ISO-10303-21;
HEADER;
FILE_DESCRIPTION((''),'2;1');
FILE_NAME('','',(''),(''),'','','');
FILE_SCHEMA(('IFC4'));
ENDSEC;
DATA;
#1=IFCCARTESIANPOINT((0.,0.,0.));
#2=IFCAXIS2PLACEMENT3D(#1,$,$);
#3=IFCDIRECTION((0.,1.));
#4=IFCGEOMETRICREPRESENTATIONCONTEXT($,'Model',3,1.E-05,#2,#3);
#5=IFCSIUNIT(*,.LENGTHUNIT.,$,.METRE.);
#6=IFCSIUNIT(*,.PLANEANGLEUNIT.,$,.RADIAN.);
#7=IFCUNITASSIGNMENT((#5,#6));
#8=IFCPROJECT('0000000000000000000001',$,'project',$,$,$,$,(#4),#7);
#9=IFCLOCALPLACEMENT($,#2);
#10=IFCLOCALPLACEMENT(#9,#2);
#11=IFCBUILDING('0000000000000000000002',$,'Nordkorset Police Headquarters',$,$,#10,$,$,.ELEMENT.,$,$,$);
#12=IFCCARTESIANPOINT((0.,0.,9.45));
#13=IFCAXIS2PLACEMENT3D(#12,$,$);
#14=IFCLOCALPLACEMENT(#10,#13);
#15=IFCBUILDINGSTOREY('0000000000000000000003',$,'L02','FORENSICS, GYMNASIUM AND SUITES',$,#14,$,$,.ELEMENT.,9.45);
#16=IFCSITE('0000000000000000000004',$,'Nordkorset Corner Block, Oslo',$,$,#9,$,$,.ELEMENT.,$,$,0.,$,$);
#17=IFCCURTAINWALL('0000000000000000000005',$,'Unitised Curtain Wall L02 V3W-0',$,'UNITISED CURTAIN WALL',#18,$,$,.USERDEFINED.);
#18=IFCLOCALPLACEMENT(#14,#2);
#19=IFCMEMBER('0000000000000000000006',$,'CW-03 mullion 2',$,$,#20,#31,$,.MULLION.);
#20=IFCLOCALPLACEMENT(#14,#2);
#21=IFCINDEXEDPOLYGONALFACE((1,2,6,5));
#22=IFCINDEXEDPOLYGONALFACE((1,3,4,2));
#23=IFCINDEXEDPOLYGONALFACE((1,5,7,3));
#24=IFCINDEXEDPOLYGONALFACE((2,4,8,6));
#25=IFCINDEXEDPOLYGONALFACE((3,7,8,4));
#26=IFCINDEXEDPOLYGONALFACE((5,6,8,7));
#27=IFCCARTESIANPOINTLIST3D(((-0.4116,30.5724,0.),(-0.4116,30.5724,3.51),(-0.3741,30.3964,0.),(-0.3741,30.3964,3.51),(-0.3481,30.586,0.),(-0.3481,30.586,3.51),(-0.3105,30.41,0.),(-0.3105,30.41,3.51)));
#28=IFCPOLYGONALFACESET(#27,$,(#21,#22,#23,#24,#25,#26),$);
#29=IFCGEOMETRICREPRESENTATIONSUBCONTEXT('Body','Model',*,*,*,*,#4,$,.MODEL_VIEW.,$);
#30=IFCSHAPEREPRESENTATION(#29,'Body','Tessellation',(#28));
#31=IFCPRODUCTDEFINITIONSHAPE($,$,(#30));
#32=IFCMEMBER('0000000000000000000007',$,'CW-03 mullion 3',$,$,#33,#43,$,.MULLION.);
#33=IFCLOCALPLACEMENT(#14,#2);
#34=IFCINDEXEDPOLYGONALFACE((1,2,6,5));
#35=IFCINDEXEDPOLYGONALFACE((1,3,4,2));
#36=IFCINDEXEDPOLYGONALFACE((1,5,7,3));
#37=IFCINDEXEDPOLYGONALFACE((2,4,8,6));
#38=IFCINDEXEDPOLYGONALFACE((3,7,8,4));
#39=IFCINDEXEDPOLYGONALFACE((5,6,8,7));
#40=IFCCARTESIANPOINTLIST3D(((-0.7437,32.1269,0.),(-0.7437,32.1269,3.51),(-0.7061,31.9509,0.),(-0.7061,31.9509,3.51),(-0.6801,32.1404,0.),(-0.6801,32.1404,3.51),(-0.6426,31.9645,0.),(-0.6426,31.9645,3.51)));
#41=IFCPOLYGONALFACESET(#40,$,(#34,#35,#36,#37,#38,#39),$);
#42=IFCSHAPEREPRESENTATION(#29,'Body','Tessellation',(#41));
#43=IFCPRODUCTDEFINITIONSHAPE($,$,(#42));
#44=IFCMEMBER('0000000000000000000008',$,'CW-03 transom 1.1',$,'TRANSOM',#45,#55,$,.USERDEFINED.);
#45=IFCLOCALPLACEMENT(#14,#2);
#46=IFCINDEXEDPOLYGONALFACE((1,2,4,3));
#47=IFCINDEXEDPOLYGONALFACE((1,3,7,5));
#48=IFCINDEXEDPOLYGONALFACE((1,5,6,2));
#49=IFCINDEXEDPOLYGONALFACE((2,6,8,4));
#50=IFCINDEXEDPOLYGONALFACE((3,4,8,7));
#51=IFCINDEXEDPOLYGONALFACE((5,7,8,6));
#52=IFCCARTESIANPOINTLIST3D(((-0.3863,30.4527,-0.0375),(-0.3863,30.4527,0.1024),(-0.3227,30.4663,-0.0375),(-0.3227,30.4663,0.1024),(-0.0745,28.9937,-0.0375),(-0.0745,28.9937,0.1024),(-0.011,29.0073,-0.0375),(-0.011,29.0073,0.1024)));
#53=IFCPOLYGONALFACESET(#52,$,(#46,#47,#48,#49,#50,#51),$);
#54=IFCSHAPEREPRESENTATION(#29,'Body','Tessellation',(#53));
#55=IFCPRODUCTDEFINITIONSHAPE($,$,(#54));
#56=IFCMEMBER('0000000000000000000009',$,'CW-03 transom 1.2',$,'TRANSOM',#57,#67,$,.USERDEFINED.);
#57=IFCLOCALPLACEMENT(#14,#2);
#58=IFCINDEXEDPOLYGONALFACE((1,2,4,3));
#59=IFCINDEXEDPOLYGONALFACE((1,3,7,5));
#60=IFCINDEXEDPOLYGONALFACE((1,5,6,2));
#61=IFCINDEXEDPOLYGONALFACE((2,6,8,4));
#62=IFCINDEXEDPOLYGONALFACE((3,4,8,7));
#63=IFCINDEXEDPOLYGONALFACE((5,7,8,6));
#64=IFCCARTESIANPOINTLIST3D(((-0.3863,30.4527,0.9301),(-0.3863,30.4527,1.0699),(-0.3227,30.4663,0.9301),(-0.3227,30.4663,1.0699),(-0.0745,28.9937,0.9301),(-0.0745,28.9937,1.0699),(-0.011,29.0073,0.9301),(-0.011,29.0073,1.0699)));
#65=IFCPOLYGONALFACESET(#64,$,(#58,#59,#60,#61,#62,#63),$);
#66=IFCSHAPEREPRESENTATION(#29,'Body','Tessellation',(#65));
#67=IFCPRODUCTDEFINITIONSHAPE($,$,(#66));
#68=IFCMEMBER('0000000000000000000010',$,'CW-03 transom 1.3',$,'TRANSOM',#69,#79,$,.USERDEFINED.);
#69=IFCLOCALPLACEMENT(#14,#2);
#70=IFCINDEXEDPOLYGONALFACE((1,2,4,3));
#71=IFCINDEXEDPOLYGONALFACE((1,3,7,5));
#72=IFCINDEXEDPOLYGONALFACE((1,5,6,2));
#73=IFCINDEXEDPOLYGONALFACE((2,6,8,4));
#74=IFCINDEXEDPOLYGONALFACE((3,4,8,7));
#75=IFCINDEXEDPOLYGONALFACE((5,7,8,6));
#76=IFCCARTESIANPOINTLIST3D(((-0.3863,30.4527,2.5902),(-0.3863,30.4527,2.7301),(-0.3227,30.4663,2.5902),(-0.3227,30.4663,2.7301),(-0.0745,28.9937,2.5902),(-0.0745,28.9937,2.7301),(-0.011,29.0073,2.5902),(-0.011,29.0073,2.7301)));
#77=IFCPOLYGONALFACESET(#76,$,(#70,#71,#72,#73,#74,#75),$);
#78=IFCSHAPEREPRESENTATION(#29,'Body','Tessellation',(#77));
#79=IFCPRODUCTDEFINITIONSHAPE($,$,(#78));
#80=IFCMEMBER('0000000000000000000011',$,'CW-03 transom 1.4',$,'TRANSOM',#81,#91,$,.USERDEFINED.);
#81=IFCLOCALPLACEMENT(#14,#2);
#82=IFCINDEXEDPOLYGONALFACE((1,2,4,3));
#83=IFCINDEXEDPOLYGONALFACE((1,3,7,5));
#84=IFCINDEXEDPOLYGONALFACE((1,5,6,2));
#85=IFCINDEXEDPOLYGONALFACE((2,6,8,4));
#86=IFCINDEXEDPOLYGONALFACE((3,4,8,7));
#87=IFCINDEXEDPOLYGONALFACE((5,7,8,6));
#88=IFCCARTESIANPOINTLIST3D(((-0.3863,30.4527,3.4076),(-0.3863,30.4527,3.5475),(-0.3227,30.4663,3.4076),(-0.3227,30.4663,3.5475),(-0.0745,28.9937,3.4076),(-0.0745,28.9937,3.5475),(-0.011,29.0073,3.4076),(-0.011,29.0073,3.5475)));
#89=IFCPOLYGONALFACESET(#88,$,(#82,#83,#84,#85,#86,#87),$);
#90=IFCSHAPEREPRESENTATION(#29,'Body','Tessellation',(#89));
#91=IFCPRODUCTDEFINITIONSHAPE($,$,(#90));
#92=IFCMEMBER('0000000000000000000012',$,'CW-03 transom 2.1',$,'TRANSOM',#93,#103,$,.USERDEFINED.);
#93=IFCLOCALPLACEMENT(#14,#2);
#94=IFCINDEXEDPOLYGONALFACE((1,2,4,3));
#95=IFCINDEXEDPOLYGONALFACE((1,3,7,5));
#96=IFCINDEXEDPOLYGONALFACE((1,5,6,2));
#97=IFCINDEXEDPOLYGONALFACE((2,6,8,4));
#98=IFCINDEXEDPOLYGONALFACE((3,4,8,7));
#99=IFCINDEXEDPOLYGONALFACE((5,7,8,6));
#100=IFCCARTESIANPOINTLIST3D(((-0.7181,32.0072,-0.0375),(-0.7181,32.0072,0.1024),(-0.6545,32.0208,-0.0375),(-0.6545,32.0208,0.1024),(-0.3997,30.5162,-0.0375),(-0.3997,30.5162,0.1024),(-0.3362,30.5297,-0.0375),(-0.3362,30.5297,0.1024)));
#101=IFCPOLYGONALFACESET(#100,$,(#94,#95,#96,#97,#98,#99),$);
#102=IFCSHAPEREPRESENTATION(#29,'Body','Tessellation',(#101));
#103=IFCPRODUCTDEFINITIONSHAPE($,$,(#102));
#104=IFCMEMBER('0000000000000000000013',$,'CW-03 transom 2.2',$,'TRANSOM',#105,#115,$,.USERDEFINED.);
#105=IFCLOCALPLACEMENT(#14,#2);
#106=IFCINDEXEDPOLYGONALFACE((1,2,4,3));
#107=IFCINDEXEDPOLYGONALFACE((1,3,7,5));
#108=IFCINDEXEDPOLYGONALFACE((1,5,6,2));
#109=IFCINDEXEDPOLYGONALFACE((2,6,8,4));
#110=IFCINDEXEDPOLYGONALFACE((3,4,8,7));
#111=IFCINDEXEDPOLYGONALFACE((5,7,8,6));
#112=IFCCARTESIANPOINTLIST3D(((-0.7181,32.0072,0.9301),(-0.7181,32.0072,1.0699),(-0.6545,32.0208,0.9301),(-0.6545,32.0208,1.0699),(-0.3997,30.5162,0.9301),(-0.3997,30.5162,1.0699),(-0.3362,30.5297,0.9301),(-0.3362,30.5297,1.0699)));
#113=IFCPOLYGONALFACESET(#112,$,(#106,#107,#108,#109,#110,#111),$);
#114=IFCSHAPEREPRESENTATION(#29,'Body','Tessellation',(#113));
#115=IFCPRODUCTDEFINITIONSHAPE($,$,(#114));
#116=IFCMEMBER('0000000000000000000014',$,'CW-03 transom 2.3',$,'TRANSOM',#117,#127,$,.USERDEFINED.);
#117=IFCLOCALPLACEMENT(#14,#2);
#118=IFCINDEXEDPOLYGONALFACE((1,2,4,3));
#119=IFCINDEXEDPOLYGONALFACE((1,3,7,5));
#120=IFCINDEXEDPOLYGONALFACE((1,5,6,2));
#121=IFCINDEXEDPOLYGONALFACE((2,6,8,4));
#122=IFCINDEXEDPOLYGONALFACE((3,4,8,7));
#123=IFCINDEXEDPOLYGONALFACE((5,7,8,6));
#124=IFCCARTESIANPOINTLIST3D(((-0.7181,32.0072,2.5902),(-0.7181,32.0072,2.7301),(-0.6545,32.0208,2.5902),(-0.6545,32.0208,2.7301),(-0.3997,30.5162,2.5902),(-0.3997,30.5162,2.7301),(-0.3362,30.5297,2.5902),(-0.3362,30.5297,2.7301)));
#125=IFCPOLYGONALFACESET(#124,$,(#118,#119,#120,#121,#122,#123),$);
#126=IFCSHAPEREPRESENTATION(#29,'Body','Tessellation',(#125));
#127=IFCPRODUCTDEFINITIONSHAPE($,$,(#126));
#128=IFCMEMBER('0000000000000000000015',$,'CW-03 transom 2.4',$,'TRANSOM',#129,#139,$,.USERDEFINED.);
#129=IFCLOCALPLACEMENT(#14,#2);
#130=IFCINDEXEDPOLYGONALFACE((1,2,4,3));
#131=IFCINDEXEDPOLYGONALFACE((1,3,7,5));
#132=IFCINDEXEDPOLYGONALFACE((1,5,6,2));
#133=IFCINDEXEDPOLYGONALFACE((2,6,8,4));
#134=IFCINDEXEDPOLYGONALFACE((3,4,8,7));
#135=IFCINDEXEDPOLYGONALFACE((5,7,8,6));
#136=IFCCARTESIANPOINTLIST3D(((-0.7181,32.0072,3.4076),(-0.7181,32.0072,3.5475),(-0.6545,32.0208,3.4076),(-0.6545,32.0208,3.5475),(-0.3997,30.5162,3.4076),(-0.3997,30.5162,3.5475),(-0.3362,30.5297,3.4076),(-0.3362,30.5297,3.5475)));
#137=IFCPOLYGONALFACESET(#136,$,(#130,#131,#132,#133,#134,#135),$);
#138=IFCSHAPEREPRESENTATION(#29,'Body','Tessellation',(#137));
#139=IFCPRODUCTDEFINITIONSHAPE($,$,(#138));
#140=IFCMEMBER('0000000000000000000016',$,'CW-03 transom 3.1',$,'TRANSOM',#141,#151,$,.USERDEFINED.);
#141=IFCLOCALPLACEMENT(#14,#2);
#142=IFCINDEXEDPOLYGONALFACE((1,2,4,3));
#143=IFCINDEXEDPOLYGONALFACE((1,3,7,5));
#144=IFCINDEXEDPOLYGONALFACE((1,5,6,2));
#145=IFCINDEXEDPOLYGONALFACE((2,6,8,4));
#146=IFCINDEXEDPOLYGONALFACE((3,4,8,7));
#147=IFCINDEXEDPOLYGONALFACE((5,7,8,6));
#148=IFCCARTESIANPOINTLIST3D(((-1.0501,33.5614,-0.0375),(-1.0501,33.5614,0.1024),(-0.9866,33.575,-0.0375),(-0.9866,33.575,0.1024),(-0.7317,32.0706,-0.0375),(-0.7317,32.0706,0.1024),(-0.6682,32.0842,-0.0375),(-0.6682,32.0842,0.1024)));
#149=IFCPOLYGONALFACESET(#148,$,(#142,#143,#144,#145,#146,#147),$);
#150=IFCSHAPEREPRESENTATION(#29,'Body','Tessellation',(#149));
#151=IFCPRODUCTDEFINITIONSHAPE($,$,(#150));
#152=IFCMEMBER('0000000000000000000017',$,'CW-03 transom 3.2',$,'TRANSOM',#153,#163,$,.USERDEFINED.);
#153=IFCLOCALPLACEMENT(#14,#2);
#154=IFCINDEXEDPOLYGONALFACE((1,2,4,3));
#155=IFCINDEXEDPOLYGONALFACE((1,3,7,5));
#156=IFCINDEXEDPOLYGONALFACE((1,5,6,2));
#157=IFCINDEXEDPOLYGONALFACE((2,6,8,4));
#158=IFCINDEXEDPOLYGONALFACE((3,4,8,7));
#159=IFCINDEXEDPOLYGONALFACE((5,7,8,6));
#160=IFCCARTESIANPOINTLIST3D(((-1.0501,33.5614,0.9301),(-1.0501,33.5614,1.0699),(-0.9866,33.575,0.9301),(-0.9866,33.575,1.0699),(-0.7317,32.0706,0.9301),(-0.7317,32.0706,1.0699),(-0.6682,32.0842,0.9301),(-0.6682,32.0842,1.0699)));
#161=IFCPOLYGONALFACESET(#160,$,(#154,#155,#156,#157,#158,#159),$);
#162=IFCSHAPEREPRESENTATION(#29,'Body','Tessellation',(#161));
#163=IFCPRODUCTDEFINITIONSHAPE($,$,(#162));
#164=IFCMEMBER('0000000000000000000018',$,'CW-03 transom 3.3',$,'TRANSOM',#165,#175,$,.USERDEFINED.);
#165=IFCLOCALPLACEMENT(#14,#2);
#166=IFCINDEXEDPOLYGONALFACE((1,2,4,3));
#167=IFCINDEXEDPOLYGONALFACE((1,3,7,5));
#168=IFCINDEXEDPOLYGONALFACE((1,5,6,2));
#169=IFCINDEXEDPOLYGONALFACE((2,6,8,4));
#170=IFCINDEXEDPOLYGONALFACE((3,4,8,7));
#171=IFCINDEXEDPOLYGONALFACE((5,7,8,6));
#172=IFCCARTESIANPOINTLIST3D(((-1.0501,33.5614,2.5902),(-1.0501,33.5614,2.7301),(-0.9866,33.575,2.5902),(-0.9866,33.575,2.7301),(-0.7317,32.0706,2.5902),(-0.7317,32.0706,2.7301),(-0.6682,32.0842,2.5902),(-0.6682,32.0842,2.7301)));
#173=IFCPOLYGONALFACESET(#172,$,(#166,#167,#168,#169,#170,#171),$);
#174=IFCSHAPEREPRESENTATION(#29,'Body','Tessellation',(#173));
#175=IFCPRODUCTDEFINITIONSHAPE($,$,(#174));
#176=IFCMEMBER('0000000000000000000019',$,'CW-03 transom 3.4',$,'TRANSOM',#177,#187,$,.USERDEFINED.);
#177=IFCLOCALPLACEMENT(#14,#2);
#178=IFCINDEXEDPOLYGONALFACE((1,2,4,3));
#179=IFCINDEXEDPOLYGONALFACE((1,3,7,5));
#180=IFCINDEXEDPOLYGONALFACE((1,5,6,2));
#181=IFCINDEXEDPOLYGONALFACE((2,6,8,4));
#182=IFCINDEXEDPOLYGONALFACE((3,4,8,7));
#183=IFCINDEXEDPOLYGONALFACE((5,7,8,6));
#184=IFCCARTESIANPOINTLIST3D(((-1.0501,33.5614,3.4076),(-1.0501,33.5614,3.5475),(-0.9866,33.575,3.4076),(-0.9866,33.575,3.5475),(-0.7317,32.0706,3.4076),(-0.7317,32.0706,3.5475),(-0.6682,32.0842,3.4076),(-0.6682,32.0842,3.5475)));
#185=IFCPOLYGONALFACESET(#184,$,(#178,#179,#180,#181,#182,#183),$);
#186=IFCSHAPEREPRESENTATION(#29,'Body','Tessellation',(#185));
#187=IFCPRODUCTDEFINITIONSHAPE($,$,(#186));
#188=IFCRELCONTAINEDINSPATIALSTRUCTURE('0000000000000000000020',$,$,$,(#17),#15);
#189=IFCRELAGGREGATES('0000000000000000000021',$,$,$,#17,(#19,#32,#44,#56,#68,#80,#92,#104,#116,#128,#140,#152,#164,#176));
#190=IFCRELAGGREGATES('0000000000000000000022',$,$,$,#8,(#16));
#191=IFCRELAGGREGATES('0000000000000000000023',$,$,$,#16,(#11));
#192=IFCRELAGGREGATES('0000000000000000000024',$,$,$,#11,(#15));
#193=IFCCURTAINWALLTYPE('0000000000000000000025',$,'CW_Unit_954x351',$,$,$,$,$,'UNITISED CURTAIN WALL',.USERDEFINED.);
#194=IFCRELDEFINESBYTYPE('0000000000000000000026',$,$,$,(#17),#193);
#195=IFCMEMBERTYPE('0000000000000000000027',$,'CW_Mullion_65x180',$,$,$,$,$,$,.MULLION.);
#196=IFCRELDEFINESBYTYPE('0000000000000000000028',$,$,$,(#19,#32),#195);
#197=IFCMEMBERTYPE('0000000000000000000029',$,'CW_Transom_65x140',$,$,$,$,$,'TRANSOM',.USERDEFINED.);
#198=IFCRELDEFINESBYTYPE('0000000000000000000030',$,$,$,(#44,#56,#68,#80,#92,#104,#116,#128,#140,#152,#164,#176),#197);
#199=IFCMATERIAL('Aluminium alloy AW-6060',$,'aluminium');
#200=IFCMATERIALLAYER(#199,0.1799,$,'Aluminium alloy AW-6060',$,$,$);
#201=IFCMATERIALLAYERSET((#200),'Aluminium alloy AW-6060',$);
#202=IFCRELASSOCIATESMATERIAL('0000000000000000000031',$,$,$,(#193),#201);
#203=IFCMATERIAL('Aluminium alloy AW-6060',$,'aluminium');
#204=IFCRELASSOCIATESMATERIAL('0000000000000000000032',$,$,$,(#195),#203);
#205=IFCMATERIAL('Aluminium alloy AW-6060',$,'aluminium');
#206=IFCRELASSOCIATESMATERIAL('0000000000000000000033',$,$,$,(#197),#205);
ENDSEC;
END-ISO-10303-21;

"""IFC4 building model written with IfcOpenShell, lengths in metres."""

from ifc_helpers import new_model, si_unit, direction, frame, origin, origin_2d, place, context, subcontext, project, spatial, rectangle, extrude, material, layer, layer_set, material_profile, profile_set, type_object, element, aggregate, save


model = new_model("IFC4")

# Units and contexts
model_context = context("Model", 3, precision=1e-05, world=origin(), true_north=direction((0.0, 1.0)))
body_context = subcontext(model_context, "Body", "Model", "MODEL_VIEW")
ifc_project = project(units=[si_unit("LENGTHUNIT", "METRE"), si_unit("PLANEANGLEUNIT", "RADIAN")], contexts=[model_context])

# Site, building, storey
site_placement = place(None, origin())
site = spatial("IfcSite", under=ifc_project, at=site_placement, Name="Nordkorset Corner Block, Oslo", CompositionType="ELEMENT", RefElevation=0.0)
building_placement = place(site_placement, origin())
building = spatial("IfcBuilding", under=site, at=building_placement, Name="Nordkorset Police Headquarters", CompositionType="ELEMENT")
storey_placement = place(building_placement, frame((0.0, 0.0, 9.45)))
storey = spatial("IfcBuildingStorey", under=building, at=storey_placement, Name="L02", Description="FORENSICS, GYMNASIUM AND SUITES", CompositionType="ELEMENT", Elevation=9.45)

# Curtain wall, members
ifc_material_1 = material(Name="Aluminium alloy AW-6060", Category="aluminium")
ifc_layer_1 = layer(ifc_material_1, 0.1799, Name="Aluminium alloy AW-6060")
ifc_layer_set_1 = layer_set([ifc_layer_1], Name="Aluminium alloy AW-6060")
curtain_wall_type = type_object("IfcCurtainWallType", Name="CW_Unit_954x351", ElementType="UNITISED CURTAIN WALL", PredefinedType="USERDEFINED", material=ifc_layer_set_1)
curtain_wall_placement = place(storey_placement, origin())
curtain_wall = element("IfcCurtainWall", 1, at=curtain_wall_placement, inside=storey, type_object=curtain_wall_type, Name="Unitised Curtain Wall L02 V3W-0", ObjectType="UNITISED CURTAIN WALL", PredefinedType="USERDEFINED")
ifc_material_2 = material(Name="Aluminium alloy AW-6060", Category="aluminium")
ifc_material_profile_1 = material_profile(ifc_material_2, rectangle(XDim=0.0649, YDim=0.1799, at=origin_2d()), Name="ALU MULL 65x180")
ifc_profile_set_1 = profile_set([ifc_material_profile_1], Name="Aluminium alloy AW-6060")
member_type_1 = type_object("IfcMemberType", Name="CW_Mullion_65x180", PredefinedType="MULLION", material=ifc_profile_set_1)
member_1_placement = place(storey_placement, frame((-0.3611, 30.4912, 0.0), z_axis=(0.0, 0.0, 1.0), x_axis=(-0.977951, -0.208833, 0.0)))
member_1 = element("IfcMember", 2, at=member_1_placement, type_object=member_type_1, Name="CW-03 mullion 2", PredefinedType="MULLION", context=body_context, shape_type="SweptSolid", body=[
    extrude(rectangle(XDim=0.0649, YDim=0.1799, at=origin_2d()), origin(), (0.0, 0.0, 1.0), 3.51),
])
member_2_placement = place(storey_placement, frame((-0.6931, 32.0457, 0.0), z_axis=(0.0, 0.0, 1.0), x_axis=(-0.977951, -0.208833, 0.0)))
member_2 = element("IfcMember", 3, at=member_2_placement, type_object=member_type_1, Name="CW-03 mullion 3", PredefinedType="MULLION", context=body_context, shape_type="SweptSolid", body=[
    extrude(rectangle(XDim=0.0649, YDim=0.1799, at=origin_2d()), origin(), (0.0, 0.0, 1.0), 3.51),
])
ifc_material_3 = material(Name="Aluminium alloy AW-6060", Category="aluminium")
ifc_material_profile_2 = material_profile(ifc_material_3, rectangle(XDim=0.0649, YDim=0.1399, at=origin_2d()), Name="ALU TRAN 65x140")
ifc_profile_set_2 = profile_set([ifc_material_profile_2], Name="Aluminium alloy AW-6060")
member_type_2 = type_object("IfcMemberType", Name="CW_Transom_65x140", ElementType="TRANSOM", PredefinedType="USERDEFINED", material=ifc_profile_set_2)
member_3_placement = place(storey_placement, frame((-0.0427, 29.0005, 0.0325), z_axis=(-0.20897, 0.977922, 0.0), x_axis=(-0.977922, -0.20897, 0.0)))
member_3 = element("IfcMember", 4, at=member_3_placement, type_object=member_type_2, Name="CW-03 transom 1.1", ObjectType="TRANSOM", PredefinedType="USERDEFINED", context=body_context, shape_type="SweptSolid", body=[
    extrude(rectangle(XDim=0.0649, YDim=0.1399, at=origin_2d()), origin(), (0.0, 0.0, 1.0), 1.4919),
])
member_4_placement = place(storey_placement, frame((-0.0427, 29.0005, 1.0), z_axis=(-0.20897, 0.977922, 0.0), x_axis=(-0.977922, -0.20897, 0.0)))
member_4 = element("IfcMember", 5, at=member_4_placement, type_object=member_type_2, Name="CW-03 transom 1.2", ObjectType="TRANSOM", PredefinedType="USERDEFINED", context=body_context, shape_type="SweptSolid", body=[
    extrude(rectangle(XDim=0.0649, YDim=0.1399, at=origin_2d()), origin(), (0.0, 0.0, 1.0), 1.4919),
])
member_5_placement = place(storey_placement, frame((-0.0427, 29.0005, 2.6602), z_axis=(-0.20897, 0.977922, 0.0), x_axis=(-0.977922, -0.20897, 0.0)))
member_5 = element("IfcMember", 6, at=member_5_placement, type_object=member_type_2, Name="CW-03 transom 1.3", ObjectType="TRANSOM", PredefinedType="USERDEFINED", context=body_context, shape_type="SweptSolid", body=[
    extrude(rectangle(XDim=0.0649, YDim=0.1399, at=origin_2d()), origin(), (0.0, 0.0, 1.0), 1.4919),
])
member_6_placement = place(storey_placement, frame((-0.0427, 29.0005, 3.4775), z_axis=(-0.20897, 0.977922, 0.0), x_axis=(-0.977922, -0.20897, 0.0)))
member_6 = element("IfcMember", 7, at=member_6_placement, type_object=member_type_2, Name="CW-03 transom 1.4", ObjectType="TRANSOM", PredefinedType="USERDEFINED", context=body_context, shape_type="SweptSolid", body=[
    extrude(rectangle(XDim=0.0649, YDim=0.1399, at=origin_2d()), origin(), (0.0, 0.0, 1.0), 1.4919),
])
member_7_placement = place(storey_placement, frame((-0.3679, 30.5229, 0.0325), z_axis=(-0.208818, 0.977954, 0.0), x_axis=(-0.977954, -0.208818, 0.0)))
member_7 = element("IfcMember", 8, at=member_7_placement, type_object=member_type_2, Name="CW-03 transom 2.1", ObjectType="TRANSOM", PredefinedType="USERDEFINED", context=body_context, shape_type="SweptSolid", body=[
    extrude(rectangle(XDim=0.0649, YDim=0.1399, at=origin_2d()), origin(), (0.0, 0.0, 1.0), 1.5247),
])
member_8_placement = place(storey_placement, frame((-0.3679, 30.5229, 1.0), z_axis=(-0.208818, 0.977954, 0.0), x_axis=(-0.977954, -0.208818, 0.0)))
member_8 = element("IfcMember", 9, at=member_8_placement, type_object=member_type_2, Name="CW-03 transom 2.2", ObjectType="TRANSOM", PredefinedType="USERDEFINED", context=body_context, shape_type="SweptSolid", body=[
    extrude(rectangle(XDim=0.0649, YDim=0.1399, at=origin_2d()), origin(), (0.0, 0.0, 1.0), 1.5247),
])
member_9_placement = place(storey_placement, frame((-0.3679, 30.5229, 2.6602), z_axis=(-0.208818, 0.977954, 0.0), x_axis=(-0.977954, -0.208818, 0.0)))
member_9 = element("IfcMember", 10, at=member_9_placement, type_object=member_type_2, Name="CW-03 transom 2.3", ObjectType="TRANSOM", PredefinedType="USERDEFINED", context=body_context, shape_type="SweptSolid", body=[
    extrude(rectangle(XDim=0.0649, YDim=0.1399, at=origin_2d()), origin(), (0.0, 0.0, 1.0), 1.5247),
])
member_10_placement = place(storey_placement, frame((-0.3679, 30.5229, 3.4775), z_axis=(-0.208818, 0.977954, 0.0), x_axis=(-0.977954, -0.208818, 0.0)))
member_10 = element("IfcMember", 11, at=member_10_placement, type_object=member_type_2, Name="CW-03 transom 2.4", ObjectType="TRANSOM", PredefinedType="USERDEFINED", context=body_context, shape_type="SweptSolid", body=[
    extrude(rectangle(XDim=0.0649, YDim=0.1399, at=origin_2d()), origin(), (0.0, 0.0, 1.0), 1.5247),
])
member_11_placement = place(storey_placement, frame((-0.7, 32.0774, 0.0325), z_axis=(-0.208851, 0.977947, 0.0), x_axis=(-0.977947, -0.208851, 0.0)))
member_11 = element("IfcMember", 12, at=member_11_placement, type_object=member_type_2, Name="CW-03 transom 3.1", ObjectType="TRANSOM", PredefinedType="USERDEFINED", context=body_context, shape_type="SweptSolid", body=[
    extrude(rectangle(XDim=0.0649, YDim=0.1399, at=origin_2d()), origin(), (0.0, 0.0, 1.0), 1.5244),
])
member_12_placement = place(storey_placement, frame((-0.7, 32.0774, 1.0), z_axis=(-0.208851, 0.977947, 0.0), x_axis=(-0.977947, -0.208851, 0.0)))
member_12 = element("IfcMember", 13, at=member_12_placement, type_object=member_type_2, Name="CW-03 transom 3.2", ObjectType="TRANSOM", PredefinedType="USERDEFINED", context=body_context, shape_type="SweptSolid", body=[
    extrude(rectangle(XDim=0.0649, YDim=0.1399, at=origin_2d()), origin(), (0.0, 0.0, 1.0), 1.5244),
])
member_13_placement = place(storey_placement, frame((-0.7, 32.0774, 2.6602), z_axis=(-0.208851, 0.977947, 0.0), x_axis=(-0.977947, -0.208851, 0.0)))
member_13 = element("IfcMember", 14, at=member_13_placement, type_object=member_type_2, Name="CW-03 transom 3.3", ObjectType="TRANSOM", PredefinedType="USERDEFINED", context=body_context, shape_type="SweptSolid", body=[
    extrude(rectangle(XDim=0.0649, YDim=0.1399, at=origin_2d()), origin(), (0.0, 0.0, 1.0), 1.5244),
])
member_14_placement = place(storey_placement, frame((-0.7, 32.0774, 3.4775), z_axis=(-0.208851, 0.977947, 0.0), x_axis=(-0.977947, -0.208851, 0.0)))
member_14 = element("IfcMember", 15, at=member_14_placement, type_object=member_type_2, Name="CW-03 transom 3.4", ObjectType="TRANSOM", PredefinedType="USERDEFINED", context=body_context, shape_type="SweptSolid", body=[
    extrude(rectangle(XDim=0.0649, YDim=0.1399, at=origin_2d()), origin(), (0.0, 0.0, 1.0), 1.5244),
])

aggregate(curtain_wall, [member_1, member_2, member_3, member_4, member_5, member_6, member_7, member_8, member_9, member_10, member_11, member_12, member_13, member_14])

save(model, "model.ifc")
